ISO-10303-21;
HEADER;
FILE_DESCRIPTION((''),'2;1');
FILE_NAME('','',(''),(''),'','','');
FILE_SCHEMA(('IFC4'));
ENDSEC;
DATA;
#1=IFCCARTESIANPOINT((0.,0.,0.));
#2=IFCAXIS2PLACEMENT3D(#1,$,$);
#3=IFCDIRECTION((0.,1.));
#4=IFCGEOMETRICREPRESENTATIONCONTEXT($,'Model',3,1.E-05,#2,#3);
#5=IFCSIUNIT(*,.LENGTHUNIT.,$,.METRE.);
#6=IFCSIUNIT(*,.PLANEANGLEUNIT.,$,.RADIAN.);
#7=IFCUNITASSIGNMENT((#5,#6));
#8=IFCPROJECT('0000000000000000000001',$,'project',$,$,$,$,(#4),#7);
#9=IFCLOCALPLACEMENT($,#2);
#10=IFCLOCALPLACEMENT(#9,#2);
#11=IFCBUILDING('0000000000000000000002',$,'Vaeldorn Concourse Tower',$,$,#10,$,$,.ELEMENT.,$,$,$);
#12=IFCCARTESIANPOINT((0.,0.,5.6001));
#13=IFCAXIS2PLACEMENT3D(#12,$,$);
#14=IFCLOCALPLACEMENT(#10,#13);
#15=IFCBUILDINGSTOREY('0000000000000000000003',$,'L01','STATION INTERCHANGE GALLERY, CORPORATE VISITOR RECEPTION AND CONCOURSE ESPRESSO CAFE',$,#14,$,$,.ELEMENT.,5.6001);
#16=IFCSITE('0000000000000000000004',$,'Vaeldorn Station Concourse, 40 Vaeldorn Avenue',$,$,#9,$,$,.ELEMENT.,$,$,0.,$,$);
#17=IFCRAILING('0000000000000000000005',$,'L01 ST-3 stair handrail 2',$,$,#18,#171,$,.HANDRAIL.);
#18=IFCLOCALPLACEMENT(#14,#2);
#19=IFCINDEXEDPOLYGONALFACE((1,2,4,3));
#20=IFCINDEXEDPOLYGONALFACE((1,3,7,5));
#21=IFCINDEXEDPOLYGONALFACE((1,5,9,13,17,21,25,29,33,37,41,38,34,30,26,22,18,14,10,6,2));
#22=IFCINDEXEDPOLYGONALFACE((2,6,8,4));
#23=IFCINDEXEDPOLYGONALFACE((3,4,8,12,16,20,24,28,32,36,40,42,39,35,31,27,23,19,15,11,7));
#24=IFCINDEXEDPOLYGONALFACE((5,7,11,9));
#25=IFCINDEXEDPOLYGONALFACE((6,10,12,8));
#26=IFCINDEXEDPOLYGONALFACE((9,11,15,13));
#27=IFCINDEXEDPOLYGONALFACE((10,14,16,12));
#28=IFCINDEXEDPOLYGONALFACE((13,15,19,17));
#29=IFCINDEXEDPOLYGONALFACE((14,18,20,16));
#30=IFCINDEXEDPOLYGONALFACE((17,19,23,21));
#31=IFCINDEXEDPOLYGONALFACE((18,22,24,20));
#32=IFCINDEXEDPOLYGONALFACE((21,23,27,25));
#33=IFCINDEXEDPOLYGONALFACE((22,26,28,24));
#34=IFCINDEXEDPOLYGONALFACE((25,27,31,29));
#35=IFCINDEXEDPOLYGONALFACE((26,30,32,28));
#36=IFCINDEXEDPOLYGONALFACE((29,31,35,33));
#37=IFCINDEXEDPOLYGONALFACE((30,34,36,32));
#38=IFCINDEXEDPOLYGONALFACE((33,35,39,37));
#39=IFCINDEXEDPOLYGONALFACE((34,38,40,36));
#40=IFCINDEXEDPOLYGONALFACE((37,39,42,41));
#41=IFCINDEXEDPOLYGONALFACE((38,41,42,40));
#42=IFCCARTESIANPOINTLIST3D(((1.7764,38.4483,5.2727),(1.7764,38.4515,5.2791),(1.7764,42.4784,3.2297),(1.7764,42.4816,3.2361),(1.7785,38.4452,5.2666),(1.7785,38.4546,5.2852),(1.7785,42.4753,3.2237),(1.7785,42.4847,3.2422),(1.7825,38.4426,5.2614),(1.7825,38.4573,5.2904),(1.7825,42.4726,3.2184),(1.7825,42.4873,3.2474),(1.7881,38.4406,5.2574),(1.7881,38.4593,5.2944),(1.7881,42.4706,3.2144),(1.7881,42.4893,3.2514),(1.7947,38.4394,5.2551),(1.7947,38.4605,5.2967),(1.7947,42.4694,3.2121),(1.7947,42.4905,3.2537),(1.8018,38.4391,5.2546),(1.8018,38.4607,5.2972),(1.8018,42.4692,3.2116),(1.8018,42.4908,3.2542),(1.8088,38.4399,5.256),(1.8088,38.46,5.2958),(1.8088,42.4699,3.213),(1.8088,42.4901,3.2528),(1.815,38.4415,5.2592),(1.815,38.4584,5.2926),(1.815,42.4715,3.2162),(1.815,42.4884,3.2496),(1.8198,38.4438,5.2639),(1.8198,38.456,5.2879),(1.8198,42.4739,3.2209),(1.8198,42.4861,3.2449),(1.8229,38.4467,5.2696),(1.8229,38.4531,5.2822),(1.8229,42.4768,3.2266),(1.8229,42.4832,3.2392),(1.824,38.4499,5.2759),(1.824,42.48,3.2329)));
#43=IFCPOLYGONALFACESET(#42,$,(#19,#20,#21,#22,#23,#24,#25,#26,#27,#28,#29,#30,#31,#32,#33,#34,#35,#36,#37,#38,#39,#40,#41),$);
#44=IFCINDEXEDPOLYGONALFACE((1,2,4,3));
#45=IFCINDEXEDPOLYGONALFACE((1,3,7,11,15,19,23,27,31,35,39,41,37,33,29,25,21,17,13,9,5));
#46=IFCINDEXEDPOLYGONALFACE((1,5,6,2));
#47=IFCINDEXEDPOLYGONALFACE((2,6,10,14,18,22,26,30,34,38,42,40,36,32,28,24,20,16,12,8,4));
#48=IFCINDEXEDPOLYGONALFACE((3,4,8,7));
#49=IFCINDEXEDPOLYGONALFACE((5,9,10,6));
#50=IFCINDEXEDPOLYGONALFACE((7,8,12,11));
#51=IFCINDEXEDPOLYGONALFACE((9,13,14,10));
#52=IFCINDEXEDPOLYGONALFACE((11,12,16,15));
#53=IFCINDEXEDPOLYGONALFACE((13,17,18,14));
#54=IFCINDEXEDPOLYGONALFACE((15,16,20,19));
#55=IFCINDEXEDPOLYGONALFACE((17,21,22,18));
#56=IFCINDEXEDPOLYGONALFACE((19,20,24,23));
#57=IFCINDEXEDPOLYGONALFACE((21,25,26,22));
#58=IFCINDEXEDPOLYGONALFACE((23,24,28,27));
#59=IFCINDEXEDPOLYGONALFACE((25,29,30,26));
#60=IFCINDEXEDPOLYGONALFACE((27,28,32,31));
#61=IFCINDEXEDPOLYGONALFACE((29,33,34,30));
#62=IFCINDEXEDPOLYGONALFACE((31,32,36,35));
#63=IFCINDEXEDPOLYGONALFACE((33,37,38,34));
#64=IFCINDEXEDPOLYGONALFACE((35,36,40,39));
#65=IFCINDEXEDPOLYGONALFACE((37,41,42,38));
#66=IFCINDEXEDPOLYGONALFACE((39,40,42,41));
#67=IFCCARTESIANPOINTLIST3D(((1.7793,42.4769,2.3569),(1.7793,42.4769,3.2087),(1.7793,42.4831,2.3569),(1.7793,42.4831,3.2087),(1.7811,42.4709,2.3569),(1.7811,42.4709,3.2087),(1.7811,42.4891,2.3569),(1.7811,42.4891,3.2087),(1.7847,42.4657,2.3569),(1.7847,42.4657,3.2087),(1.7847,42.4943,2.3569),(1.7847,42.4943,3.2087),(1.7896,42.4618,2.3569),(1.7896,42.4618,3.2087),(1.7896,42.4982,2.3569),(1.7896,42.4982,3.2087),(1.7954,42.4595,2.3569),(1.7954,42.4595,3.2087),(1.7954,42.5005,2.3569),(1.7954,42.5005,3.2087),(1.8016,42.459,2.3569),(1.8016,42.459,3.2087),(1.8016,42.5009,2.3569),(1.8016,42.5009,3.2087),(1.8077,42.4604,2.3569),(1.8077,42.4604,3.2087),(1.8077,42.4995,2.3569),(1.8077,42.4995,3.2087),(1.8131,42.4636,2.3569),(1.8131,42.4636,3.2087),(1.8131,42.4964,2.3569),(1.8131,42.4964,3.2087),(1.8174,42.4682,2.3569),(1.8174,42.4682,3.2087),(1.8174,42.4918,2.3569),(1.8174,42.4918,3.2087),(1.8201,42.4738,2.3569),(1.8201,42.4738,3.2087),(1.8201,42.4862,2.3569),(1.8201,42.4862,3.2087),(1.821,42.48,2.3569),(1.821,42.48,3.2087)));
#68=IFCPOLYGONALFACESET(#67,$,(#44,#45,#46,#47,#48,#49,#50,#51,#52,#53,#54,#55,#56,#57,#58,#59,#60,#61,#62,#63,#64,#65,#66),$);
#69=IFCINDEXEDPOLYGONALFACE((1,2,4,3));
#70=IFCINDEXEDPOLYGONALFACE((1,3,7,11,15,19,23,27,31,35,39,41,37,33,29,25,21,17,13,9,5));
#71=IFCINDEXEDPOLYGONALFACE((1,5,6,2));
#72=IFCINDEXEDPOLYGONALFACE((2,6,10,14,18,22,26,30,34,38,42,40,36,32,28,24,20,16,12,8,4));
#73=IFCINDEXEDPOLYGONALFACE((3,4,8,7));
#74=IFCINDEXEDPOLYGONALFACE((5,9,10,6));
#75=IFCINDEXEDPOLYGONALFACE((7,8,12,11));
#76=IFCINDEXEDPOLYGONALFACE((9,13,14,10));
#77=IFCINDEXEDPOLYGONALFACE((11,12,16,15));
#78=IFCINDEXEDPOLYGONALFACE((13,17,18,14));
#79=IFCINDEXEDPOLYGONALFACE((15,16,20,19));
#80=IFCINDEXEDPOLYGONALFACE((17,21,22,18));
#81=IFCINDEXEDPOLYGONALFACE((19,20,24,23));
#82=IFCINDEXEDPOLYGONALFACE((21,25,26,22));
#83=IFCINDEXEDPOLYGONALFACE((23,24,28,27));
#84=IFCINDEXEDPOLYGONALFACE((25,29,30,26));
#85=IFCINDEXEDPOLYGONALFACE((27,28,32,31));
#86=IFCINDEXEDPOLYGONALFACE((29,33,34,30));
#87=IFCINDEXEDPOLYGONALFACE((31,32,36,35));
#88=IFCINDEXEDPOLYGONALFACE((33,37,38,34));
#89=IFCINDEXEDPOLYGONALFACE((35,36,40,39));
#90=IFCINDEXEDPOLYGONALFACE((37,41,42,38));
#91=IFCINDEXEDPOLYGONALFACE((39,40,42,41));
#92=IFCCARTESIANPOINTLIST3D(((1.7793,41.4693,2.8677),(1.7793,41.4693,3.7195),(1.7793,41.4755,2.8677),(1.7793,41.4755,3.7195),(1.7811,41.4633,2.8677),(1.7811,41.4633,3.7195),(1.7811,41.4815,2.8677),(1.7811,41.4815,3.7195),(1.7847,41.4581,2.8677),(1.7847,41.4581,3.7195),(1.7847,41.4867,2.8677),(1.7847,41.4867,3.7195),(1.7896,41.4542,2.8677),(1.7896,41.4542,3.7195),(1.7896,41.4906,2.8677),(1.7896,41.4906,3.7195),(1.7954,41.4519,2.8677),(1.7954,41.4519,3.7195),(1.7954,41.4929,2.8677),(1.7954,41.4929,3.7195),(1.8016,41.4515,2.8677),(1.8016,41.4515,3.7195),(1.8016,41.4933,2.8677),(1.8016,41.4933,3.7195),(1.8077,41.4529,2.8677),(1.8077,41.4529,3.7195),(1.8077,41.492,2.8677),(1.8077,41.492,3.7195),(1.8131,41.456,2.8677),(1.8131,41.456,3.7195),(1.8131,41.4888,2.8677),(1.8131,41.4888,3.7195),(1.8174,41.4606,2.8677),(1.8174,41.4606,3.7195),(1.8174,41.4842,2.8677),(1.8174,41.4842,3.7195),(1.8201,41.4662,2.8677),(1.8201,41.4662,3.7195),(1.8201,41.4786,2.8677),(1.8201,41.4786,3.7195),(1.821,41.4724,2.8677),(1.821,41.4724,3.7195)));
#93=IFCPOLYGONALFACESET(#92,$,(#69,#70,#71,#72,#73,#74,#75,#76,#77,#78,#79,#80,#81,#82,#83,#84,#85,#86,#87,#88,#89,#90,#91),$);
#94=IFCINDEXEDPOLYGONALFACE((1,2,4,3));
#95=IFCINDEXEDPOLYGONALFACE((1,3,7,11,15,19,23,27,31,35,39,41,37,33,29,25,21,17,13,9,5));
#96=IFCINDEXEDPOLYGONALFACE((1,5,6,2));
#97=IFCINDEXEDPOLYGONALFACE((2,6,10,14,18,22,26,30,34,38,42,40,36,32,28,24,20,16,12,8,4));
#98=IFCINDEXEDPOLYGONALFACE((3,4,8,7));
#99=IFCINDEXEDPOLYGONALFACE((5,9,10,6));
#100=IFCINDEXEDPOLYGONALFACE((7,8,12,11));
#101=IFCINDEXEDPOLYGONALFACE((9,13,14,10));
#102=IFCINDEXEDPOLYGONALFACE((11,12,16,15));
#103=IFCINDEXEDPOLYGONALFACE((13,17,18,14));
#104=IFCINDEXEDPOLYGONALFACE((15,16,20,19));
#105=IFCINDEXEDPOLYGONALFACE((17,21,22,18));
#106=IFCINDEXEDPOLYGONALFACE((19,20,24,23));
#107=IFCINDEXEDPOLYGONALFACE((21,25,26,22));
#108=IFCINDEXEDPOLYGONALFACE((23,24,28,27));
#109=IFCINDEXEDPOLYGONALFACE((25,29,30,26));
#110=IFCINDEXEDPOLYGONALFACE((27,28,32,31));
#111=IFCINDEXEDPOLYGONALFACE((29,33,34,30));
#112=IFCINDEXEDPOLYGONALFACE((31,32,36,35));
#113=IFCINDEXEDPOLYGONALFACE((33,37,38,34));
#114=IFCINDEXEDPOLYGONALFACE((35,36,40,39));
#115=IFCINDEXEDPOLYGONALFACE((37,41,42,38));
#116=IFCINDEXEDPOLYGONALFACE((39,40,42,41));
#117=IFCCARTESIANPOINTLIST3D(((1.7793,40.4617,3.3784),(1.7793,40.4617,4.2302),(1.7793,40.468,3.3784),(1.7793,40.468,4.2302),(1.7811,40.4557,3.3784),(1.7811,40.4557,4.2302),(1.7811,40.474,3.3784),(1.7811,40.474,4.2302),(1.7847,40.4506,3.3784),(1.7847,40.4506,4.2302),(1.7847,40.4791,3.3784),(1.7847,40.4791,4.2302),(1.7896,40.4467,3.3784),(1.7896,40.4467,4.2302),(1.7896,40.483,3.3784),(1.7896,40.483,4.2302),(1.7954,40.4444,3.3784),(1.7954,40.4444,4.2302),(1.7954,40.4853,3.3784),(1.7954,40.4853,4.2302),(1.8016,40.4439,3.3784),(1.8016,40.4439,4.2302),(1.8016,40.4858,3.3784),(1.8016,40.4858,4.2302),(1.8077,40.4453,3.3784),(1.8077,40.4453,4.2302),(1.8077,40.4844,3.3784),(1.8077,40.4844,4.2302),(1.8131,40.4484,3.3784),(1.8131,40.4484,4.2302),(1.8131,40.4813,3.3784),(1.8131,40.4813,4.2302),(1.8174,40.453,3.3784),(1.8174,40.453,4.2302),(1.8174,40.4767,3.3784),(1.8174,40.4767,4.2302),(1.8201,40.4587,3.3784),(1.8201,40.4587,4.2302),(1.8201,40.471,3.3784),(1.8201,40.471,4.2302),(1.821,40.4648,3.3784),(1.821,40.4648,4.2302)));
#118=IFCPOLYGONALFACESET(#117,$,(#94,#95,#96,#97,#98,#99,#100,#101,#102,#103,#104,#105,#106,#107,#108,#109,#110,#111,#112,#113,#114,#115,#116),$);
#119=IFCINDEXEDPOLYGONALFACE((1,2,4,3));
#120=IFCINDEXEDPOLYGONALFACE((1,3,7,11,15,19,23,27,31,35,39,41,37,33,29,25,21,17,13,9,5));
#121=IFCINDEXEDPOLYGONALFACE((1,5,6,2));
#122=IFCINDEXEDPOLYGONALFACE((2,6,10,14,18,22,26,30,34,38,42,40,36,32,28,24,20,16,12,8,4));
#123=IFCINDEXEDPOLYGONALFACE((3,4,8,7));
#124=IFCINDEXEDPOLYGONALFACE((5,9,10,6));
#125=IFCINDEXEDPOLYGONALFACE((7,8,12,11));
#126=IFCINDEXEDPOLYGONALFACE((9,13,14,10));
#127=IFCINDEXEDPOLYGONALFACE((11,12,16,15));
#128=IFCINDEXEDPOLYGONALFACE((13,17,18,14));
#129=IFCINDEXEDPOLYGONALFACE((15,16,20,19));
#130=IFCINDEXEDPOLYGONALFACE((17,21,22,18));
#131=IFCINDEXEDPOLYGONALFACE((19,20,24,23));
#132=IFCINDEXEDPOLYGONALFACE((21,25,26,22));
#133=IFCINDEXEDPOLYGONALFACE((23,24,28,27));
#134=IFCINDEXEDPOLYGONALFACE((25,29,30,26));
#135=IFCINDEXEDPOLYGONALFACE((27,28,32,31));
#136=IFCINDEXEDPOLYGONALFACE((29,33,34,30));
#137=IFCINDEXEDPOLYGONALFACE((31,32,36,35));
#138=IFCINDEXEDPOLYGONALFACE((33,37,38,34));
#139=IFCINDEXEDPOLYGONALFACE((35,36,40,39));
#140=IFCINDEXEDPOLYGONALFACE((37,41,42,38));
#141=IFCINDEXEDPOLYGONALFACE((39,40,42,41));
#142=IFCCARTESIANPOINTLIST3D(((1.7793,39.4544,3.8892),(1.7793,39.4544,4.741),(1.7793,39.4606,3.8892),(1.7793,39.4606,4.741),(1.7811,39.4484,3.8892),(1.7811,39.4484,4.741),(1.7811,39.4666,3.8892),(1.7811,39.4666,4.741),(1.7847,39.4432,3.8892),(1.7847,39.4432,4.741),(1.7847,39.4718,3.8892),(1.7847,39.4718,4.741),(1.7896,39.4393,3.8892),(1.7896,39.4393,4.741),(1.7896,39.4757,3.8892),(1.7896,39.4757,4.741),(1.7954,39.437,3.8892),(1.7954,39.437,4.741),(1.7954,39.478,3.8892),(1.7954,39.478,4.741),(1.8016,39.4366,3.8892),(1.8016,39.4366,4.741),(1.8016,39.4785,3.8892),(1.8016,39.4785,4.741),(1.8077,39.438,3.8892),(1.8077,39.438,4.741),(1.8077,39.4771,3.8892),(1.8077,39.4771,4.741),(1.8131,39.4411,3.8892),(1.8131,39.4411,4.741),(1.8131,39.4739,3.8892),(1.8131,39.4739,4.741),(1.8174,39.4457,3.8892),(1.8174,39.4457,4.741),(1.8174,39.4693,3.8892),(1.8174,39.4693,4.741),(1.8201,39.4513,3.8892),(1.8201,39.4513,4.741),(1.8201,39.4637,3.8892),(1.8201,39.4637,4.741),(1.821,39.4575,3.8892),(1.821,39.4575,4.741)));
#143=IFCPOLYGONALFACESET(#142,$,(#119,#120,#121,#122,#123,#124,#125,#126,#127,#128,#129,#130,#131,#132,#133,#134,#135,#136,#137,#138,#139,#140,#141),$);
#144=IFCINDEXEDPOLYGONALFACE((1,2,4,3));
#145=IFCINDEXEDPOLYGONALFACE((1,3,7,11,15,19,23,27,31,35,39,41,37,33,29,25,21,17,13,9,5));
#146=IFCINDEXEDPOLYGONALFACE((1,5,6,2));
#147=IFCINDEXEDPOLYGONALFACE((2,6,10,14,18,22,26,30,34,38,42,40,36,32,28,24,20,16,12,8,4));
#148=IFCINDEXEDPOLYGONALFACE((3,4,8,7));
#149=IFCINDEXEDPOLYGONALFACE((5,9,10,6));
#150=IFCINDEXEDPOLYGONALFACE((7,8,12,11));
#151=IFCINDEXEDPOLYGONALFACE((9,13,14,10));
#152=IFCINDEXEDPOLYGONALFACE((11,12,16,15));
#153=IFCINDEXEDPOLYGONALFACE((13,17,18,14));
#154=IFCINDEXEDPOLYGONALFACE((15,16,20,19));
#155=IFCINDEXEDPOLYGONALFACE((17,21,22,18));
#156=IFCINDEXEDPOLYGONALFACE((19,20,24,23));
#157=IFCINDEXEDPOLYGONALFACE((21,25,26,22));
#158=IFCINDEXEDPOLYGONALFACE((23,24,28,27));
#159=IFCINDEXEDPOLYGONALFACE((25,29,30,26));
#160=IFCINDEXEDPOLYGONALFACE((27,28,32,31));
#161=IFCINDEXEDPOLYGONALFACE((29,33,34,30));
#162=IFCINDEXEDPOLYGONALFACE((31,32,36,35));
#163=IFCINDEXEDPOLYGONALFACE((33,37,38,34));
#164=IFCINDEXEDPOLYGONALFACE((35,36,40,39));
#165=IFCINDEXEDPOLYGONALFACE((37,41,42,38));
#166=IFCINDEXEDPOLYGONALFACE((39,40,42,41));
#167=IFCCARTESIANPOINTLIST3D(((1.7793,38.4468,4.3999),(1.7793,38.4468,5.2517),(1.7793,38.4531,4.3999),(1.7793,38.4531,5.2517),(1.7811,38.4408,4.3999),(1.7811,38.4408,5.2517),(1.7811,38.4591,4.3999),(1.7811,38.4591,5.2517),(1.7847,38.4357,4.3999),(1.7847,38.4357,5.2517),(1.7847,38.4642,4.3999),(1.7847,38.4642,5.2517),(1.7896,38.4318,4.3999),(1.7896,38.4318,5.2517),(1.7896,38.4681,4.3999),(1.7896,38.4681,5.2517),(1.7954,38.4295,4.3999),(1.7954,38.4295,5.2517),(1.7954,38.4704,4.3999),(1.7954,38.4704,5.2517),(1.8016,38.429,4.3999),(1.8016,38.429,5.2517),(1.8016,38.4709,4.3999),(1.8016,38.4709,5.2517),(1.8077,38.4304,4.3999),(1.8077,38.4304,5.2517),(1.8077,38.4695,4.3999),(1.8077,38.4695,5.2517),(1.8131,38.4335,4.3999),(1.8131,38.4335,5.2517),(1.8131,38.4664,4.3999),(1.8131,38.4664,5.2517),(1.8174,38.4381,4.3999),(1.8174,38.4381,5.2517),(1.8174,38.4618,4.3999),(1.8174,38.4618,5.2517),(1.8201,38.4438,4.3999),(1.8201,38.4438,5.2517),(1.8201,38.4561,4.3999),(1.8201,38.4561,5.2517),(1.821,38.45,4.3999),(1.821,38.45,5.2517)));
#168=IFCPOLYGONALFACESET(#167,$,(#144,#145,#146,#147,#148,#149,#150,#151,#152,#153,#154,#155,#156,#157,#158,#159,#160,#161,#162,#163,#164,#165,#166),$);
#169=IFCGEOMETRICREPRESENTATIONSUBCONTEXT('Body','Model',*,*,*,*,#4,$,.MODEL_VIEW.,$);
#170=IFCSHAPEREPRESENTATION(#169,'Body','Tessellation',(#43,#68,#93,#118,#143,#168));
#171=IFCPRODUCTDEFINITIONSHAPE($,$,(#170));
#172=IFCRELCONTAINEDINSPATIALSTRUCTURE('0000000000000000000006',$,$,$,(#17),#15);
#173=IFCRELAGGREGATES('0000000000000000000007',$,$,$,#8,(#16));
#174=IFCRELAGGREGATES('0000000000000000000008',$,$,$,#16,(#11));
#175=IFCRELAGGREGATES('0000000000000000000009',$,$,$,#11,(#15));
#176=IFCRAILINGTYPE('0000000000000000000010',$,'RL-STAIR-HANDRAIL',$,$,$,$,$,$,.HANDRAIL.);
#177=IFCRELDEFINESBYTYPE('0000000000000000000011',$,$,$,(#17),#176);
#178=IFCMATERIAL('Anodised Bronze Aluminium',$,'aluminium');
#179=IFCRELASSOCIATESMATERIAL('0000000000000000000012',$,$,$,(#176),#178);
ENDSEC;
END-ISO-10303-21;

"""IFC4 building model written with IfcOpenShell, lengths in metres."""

from ifc_helpers import new_model, si_unit, direction, frame, origin, origin_2d, place, context, subcontext, project, spatial, circle, extrude, material, type_object, element, save


model = new_model("IFC4")

# Units and contexts
model_context = context("Model", 3, precision=1e-05, world=origin(), true_north=direction((0.0, 1.0)))
body_context = subcontext(model_context, "Body", "Model", "MODEL_VIEW")
ifc_project = project(units=[si_unit("LENGTHUNIT", "METRE"), si_unit("PLANEANGLEUNIT", "RADIAN")], contexts=[model_context])

# Site, building, storey
site_placement = place(None, origin())
site = spatial("IfcSite", under=ifc_project, at=site_placement, Name="Vaeldorn Station Concourse, 40 Vaeldorn Avenue", CompositionType="ELEMENT", RefElevation=0.0)
building_placement = place(site_placement, origin())
building = spatial("IfcBuilding", under=site, at=building_placement, Name="Vaeldorn Concourse Tower", CompositionType="ELEMENT")
storey_placement = place(building_placement, frame((0.0, 0.0, 5.6001)))
storey = spatial("IfcBuildingStorey", under=building, at=storey_placement, Name="L01", Description="STATION INTERCHANGE GALLERY, CORPORATE VISITOR RECEPTION AND CONCOURSE ESPRESSO CAFE", CompositionType="ELEMENT", Elevation=5.6001)

# Shared definitions
ifc_material_1 = material(Name="Anodised Bronze Aluminium", Category="aluminium")

# Railing
railing_type_1 = type_object("IfcRailingType", Name="RL-STAIR-HANDRAIL", PredefinedType="HANDRAIL", material=ifc_material_1)
railing_1_placement = place(storey_placement, frame((1.8, 42.48, 2.3569)))
element("IfcRailing", 1, at=railing_1_placement, inside=storey, type_object=railing_type_1, Name="L01 ST-3 stair handrail 2", PredefinedType="HANDRAIL", context=body_context, shape_type="SweptSolid", body=[
    extrude(circle(Radius=0.0239, at=origin_2d()), frame((0.0, 0.0, 0.876), z_axis=(0.0, -0.891939, 0.452156), x_axis=(1.0, 0.0, 0.0)), (0.0, 0.0, 1.0), 4.5183),
    extrude(circle(Radius=0.021, at=origin_2d()), origin(), (0.0, 0.0, 1.0), 0.8518),
    extrude(circle(Radius=0.021, at=origin_2d()), frame((0.0, -1.0076, 0.5107)), (0.0, 0.0, 1.0), 0.8518),
    extrude(circle(Radius=0.021, at=origin_2d()), frame((0.0, -2.0151, 1.0215)), (0.0, 0.0, 1.0), 0.8518),
    extrude(circle(Radius=0.021, at=origin_2d()), frame((0.0, -3.0225, 1.5322)), (0.0, 0.0, 1.0), 0.8518),
    extrude(circle(Radius=0.021, at=origin_2d()), frame((0.0, -4.03, 2.043)), (0.0, 0.0, 1.0), 0.8518),
])

save(model, "model.ifc")
